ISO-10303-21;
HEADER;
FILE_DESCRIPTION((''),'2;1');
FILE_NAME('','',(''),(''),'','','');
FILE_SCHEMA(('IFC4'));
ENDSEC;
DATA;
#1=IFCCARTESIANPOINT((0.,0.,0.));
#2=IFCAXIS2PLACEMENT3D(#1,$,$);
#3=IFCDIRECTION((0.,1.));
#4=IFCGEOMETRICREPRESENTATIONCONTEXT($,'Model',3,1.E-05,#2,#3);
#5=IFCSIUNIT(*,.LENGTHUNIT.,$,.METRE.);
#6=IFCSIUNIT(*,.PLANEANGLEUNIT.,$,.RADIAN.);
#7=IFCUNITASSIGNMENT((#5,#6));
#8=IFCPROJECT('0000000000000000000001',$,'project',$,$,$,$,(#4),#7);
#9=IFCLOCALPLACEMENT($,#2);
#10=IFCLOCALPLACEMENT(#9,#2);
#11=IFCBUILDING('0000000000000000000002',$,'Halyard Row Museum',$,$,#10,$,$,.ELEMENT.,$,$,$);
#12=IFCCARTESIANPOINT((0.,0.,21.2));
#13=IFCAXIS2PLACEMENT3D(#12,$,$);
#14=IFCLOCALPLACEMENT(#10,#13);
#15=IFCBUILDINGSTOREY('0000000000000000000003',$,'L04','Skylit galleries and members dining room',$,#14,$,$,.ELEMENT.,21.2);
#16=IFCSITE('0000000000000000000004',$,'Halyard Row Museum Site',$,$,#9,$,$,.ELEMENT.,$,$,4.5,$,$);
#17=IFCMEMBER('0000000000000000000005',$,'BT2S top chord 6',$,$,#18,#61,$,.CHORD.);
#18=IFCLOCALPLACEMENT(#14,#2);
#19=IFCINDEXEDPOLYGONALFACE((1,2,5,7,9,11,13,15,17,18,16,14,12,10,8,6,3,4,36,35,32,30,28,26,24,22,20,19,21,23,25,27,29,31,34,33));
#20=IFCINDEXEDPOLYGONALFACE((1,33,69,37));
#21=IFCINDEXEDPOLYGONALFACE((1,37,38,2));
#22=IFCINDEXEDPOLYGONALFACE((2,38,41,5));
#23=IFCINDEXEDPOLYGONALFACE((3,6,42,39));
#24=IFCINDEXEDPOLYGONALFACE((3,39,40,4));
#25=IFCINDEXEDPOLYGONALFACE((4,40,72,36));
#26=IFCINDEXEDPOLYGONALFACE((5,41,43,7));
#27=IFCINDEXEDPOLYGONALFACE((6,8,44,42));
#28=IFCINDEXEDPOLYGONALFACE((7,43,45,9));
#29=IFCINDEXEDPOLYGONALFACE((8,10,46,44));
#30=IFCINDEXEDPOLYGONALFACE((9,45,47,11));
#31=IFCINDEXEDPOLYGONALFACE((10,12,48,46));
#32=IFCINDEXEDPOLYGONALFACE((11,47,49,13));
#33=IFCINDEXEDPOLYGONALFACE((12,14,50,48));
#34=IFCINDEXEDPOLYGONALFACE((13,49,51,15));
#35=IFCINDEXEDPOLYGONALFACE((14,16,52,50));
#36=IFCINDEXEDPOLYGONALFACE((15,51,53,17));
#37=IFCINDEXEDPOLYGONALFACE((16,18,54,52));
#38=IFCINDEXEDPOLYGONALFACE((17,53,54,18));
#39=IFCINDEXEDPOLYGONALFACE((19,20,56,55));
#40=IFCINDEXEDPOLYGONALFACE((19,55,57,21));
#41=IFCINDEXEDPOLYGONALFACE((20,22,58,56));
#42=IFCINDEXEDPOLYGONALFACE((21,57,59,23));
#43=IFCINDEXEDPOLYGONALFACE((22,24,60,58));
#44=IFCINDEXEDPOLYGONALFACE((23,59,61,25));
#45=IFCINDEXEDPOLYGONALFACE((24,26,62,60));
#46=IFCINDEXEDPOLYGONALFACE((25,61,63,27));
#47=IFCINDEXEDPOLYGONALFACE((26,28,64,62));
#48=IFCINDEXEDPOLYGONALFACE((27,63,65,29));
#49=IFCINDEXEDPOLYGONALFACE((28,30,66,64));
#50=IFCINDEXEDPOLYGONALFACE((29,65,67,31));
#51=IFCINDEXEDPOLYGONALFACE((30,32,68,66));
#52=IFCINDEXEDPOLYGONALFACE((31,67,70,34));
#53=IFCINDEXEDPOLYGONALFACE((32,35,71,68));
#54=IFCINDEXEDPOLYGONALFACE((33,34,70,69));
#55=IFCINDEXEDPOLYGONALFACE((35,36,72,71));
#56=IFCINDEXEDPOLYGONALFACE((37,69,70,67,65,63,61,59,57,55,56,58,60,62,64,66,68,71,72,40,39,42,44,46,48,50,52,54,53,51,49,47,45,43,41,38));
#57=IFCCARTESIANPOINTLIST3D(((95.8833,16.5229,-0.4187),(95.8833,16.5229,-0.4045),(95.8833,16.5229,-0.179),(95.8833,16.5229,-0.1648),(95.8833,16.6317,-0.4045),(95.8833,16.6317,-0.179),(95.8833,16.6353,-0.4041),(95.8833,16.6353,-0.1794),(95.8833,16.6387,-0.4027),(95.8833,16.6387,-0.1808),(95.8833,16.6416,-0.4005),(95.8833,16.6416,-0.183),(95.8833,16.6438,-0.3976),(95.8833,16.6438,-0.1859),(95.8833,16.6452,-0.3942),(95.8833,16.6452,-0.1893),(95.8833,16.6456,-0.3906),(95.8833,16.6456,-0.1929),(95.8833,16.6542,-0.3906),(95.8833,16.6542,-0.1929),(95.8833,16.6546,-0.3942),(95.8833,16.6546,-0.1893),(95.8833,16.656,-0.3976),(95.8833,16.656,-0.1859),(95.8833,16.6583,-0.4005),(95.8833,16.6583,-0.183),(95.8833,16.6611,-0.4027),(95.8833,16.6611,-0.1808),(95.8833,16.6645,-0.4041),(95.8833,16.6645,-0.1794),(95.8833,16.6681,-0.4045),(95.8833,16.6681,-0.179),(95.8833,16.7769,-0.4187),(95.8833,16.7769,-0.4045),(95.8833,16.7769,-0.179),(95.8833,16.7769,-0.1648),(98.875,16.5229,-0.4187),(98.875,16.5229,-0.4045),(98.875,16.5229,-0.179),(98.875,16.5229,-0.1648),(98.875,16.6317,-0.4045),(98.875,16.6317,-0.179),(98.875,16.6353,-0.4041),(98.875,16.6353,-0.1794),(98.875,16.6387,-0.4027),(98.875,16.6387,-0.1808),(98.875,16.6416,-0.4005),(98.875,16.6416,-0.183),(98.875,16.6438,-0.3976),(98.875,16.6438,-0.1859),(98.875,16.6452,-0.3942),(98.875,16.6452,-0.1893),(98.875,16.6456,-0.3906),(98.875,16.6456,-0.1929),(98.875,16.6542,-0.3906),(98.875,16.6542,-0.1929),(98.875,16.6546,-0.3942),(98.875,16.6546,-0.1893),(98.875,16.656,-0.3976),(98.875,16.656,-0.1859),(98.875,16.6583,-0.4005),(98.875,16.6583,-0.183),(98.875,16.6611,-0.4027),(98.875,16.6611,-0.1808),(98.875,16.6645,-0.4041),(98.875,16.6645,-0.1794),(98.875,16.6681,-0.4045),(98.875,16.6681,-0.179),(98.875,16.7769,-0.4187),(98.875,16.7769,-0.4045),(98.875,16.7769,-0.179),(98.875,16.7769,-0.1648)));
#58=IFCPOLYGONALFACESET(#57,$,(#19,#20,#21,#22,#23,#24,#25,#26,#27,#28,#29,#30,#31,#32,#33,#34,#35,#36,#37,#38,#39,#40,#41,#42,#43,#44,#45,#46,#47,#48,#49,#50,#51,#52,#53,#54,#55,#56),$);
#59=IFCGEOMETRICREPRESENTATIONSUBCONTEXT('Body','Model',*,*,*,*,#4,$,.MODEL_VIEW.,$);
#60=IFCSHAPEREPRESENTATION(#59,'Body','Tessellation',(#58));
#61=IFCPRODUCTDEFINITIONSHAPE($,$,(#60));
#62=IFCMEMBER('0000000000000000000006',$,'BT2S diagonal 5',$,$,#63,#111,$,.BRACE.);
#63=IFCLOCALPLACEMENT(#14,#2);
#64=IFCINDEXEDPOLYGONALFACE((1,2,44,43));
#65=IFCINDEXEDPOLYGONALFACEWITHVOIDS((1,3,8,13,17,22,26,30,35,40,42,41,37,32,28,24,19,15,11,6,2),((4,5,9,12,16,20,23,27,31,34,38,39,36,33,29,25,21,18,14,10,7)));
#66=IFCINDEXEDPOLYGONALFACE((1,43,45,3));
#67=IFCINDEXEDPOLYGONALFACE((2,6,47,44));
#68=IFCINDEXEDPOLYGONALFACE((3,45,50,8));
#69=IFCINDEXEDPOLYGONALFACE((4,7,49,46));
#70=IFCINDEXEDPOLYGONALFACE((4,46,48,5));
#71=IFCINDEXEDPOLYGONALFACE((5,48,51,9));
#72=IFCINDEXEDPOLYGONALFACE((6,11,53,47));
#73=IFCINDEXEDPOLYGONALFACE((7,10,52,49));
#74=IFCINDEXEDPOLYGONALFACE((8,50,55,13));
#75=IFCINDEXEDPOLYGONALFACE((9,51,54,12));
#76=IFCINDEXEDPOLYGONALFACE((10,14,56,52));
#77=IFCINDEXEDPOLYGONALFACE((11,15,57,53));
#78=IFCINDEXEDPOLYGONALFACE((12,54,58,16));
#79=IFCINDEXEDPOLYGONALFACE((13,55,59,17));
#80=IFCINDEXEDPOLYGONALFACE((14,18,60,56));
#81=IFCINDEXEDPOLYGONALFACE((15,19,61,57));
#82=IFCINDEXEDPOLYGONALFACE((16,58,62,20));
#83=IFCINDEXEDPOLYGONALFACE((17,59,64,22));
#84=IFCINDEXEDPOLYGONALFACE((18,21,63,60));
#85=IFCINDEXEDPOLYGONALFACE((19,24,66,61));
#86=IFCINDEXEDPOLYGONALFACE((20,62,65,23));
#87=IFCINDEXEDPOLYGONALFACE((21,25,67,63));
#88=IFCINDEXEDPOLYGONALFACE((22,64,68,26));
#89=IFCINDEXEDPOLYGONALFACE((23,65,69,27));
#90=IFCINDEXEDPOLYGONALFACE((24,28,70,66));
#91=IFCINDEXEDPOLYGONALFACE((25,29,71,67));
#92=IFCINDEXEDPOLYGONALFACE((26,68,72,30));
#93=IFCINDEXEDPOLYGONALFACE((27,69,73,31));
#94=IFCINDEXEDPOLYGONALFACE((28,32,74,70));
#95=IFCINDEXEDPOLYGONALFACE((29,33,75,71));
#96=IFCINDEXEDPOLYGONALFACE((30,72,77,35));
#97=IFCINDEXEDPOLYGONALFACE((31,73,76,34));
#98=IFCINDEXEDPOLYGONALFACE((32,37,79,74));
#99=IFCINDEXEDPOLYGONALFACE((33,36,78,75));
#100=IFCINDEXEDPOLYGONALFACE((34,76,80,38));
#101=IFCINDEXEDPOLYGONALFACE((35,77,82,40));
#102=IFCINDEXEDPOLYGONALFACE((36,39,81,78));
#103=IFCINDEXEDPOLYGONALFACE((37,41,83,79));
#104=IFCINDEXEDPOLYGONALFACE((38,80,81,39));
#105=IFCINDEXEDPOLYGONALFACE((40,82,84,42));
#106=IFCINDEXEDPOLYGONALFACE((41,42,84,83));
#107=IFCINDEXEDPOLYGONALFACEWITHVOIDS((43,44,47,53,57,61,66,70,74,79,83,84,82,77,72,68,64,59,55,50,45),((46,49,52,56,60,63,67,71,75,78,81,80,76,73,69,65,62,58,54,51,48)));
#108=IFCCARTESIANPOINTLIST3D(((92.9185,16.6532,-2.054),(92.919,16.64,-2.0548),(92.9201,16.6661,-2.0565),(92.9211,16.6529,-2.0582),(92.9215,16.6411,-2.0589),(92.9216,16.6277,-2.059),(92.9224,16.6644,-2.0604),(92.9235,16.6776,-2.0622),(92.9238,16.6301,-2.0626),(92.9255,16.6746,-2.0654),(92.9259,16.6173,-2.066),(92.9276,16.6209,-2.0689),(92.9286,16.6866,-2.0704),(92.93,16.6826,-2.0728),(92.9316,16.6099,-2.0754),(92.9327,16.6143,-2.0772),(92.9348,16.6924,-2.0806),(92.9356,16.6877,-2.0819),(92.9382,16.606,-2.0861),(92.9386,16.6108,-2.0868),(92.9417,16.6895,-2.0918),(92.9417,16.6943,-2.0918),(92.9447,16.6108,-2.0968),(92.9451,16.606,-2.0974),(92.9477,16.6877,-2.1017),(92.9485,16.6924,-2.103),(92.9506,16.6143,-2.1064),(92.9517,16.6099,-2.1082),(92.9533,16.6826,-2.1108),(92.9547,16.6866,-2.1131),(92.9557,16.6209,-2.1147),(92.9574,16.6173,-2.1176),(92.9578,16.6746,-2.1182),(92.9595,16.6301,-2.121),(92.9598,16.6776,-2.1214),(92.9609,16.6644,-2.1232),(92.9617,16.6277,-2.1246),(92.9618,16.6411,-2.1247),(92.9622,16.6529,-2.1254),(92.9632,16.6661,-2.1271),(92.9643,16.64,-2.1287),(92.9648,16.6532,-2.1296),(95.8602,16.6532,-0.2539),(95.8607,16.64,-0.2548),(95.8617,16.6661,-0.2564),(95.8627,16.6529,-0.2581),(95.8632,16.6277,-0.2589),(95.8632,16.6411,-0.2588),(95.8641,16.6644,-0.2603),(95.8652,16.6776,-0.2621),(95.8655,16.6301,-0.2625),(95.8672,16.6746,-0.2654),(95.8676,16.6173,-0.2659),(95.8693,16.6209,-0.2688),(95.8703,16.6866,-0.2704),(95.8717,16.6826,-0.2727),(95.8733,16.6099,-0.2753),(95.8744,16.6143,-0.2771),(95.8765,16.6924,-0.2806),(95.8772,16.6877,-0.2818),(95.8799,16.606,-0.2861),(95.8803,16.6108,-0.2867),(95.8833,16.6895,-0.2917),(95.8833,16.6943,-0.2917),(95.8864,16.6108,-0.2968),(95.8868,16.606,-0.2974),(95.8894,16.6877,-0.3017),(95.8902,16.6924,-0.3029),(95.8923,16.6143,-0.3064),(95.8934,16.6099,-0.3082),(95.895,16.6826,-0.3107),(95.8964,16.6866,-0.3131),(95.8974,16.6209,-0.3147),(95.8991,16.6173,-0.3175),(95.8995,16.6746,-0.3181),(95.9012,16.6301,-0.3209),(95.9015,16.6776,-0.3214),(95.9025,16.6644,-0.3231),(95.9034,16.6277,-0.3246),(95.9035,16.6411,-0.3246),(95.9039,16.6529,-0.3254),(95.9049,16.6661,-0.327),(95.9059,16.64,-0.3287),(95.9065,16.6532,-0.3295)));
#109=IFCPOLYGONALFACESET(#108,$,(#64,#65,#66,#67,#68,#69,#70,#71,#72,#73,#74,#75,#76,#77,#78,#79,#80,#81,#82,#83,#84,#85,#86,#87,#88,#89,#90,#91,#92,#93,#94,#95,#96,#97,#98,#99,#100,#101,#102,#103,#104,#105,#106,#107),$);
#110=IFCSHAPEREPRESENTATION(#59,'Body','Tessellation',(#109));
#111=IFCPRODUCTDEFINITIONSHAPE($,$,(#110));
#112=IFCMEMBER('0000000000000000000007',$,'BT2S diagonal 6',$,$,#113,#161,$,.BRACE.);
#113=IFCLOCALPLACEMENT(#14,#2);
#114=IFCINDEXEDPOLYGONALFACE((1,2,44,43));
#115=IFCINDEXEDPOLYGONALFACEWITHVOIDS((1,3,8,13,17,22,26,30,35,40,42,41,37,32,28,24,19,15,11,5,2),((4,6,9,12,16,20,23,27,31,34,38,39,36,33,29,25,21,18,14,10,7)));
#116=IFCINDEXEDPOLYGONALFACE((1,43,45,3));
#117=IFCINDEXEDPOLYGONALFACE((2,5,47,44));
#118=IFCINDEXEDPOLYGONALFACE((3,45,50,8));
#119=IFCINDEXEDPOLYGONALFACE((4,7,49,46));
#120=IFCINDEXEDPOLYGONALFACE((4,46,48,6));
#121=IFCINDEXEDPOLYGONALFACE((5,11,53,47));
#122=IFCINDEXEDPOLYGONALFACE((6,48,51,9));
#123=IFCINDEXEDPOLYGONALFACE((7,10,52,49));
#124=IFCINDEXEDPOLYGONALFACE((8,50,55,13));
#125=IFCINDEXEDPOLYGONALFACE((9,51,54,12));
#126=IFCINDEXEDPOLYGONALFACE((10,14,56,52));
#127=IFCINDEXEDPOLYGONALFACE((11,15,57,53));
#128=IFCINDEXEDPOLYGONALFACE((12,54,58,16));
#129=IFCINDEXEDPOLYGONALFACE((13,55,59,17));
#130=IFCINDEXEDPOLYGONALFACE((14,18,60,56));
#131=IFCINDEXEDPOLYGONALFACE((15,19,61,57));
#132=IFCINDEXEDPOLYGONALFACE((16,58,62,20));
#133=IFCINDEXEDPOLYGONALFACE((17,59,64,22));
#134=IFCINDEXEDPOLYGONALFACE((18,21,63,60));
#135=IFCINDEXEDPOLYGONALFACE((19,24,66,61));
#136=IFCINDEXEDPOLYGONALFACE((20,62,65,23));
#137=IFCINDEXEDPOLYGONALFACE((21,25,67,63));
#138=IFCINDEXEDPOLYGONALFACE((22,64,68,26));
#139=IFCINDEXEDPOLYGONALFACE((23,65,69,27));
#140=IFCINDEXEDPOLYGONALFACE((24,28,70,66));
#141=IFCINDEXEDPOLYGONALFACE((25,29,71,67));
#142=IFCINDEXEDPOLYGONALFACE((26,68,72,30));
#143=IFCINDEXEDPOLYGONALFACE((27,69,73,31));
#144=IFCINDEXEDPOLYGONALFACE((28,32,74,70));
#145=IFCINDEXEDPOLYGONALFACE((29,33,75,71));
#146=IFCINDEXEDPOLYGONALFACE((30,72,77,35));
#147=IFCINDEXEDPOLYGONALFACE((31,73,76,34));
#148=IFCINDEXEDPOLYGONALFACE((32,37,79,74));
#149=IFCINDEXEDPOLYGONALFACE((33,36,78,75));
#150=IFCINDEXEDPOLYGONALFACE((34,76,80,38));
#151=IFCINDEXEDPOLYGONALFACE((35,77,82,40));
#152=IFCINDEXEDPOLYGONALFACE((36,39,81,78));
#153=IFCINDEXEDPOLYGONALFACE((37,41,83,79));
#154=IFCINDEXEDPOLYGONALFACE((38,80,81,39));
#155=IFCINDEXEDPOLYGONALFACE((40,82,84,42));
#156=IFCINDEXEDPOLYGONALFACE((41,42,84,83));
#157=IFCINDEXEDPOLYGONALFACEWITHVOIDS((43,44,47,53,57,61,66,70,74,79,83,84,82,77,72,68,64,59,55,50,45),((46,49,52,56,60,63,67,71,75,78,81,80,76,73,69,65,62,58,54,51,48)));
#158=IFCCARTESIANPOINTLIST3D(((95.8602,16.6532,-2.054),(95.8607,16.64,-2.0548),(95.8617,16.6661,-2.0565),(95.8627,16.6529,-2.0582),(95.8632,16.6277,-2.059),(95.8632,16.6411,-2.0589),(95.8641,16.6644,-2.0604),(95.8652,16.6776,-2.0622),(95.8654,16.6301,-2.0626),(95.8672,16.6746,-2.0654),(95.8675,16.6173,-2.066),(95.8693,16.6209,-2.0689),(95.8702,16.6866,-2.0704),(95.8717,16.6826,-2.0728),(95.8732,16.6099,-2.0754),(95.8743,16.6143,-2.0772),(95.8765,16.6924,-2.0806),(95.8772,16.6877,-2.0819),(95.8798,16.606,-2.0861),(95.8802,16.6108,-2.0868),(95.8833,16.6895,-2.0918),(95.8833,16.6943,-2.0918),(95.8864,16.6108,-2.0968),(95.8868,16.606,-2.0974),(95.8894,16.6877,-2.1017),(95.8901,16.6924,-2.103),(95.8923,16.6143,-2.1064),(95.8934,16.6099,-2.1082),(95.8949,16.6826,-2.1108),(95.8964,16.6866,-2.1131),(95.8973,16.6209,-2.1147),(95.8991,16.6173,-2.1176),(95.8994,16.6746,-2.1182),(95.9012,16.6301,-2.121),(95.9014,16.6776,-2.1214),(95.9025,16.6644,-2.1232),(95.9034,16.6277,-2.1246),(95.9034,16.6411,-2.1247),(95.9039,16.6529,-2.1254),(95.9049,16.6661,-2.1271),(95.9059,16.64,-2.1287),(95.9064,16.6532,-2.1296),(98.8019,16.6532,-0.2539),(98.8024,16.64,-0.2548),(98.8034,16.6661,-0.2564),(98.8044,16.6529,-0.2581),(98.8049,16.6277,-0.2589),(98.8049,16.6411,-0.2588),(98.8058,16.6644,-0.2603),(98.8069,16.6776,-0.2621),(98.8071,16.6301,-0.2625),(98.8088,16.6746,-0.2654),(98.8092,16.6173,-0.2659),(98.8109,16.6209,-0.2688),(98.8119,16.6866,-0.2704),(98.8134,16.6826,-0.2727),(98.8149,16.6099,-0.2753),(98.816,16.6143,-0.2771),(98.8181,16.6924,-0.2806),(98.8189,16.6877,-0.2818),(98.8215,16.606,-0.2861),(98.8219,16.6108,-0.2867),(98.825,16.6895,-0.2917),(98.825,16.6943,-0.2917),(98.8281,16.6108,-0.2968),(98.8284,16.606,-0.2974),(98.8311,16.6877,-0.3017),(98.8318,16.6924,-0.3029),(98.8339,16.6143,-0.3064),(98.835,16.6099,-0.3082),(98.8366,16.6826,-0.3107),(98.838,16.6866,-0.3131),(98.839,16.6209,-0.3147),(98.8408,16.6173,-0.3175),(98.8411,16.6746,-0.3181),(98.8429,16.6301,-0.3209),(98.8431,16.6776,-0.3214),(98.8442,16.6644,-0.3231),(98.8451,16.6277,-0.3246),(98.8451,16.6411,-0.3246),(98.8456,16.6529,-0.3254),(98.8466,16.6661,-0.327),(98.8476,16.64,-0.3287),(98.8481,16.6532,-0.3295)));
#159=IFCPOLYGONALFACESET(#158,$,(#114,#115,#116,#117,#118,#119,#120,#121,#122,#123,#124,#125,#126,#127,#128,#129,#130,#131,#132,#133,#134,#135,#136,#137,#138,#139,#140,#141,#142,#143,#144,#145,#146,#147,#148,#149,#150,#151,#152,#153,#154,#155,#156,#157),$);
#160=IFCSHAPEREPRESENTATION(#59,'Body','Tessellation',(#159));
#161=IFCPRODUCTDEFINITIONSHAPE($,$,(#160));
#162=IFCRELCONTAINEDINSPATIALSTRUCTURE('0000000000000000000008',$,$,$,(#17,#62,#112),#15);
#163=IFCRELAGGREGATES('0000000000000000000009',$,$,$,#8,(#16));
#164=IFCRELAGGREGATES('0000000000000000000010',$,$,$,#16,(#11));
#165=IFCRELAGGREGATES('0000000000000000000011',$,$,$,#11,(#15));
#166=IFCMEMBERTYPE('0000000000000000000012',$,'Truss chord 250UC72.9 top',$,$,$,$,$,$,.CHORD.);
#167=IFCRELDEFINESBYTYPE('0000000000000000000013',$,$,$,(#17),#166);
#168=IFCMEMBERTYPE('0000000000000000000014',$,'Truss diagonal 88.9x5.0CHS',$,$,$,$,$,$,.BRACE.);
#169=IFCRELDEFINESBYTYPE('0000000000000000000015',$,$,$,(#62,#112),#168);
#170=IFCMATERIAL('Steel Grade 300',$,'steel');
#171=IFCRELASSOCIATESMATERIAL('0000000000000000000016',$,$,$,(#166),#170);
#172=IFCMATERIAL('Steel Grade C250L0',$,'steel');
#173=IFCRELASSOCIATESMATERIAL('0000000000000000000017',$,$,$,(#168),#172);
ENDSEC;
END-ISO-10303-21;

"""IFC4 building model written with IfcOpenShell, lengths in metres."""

from ifc_helpers import new_model, si_unit, direction, frame, origin, origin_2d, place, context, subcontext, project, spatial, hollow_circle, i_section, extrude, material, material_profile, profile_set, type_object, element, save


model = new_model("IFC4")

# Units and contexts
model_context = context("Model", 3, precision=1e-05, world=origin(), true_north=direction((0.0, 1.0)))
body_context = subcontext(model_context, "Body", "Model", "MODEL_VIEW")
ifc_project = project(units=[si_unit("LENGTHUNIT", "METRE"), si_unit("PLANEANGLEUNIT", "RADIAN")], contexts=[model_context])

# Site, building, storey
site_placement = place(None, origin())
site = spatial("IfcSite", under=ifc_project, at=site_placement, Name="Halyard Row Museum Site", CompositionType="ELEMENT", RefElevation=4.5)
building_placement = place(site_placement, origin())
building = spatial("IfcBuilding", under=site, at=building_placement, Name="Halyard Row Museum", CompositionType="ELEMENT")
storey_placement = place(building_placement, frame((0.0, 0.0, 21.2)))
storey = spatial("IfcBuildingStorey", under=building, at=storey_placement, Name="L04", Description="Skylit galleries and members dining room", CompositionType="ELEMENT", Elevation=21.2)

# Members
ifc_material_1 = material(Name="Steel Grade 300", Category="steel")
ifc_material_profile_1 = material_profile(ifc_material_1, i_section(OverallWidth=0.2539, OverallDepth=0.2539, WebThickness=0.0085, FlangeThickness=0.0142, FilletRadius=0.0139, at=origin_2d()), Name="250UC72.9")
ifc_profile_set_1 = profile_set([ifc_material_profile_1], Name="Steel Grade 300")
member_type_1 = type_object("IfcMemberType", Name="Truss chord 250UC72.9 top", PredefinedType="CHORD", material=ifc_profile_set_1)
member_1_placement = place(storey_placement, frame((95.8833, 16.6499, -0.2917), z_axis=(1.0, 0.0, 0.0), x_axis=(0.0, 1.0, 0.0)))
element("IfcMember", 1, at=member_1_placement, inside=storey, type_object=member_type_1, Name="BT2S top chord 6", PredefinedType="CHORD", context=body_context, shape_type="SweptSolid", body=[
    extrude(i_section(OverallWidth=0.2539, OverallDepth=0.2539, WebThickness=0.0085, FlangeThickness=0.0142, FilletRadius=0.0139, at=origin_2d()), origin(), (0.0, 0.0, 1.0), 2.9917),
])
ifc_material_2 = material(Name="Steel Grade C250L0", Category="steel")
ifc_material_profile_2 = material_profile(ifc_material_2, hollow_circle(Radius=0.0444, WallThickness=0.0049, at=origin_2d()), Name="88.9x5.0CHS")
ifc_profile_set_2 = profile_set([ifc_material_profile_2], Name="Steel Grade C250L0")
member_type_2 = type_object("IfcMemberType", Name="Truss diagonal 88.9x5.0CHS", PredefinedType="BRACE", material=ifc_profile_set_2)
for number, where, z_axis, x_axis, name in (
    (2, (92.9417, 16.6499, -2.0918), (0.852975, 0.0, 0.521951), (0.0, 1.0, 0.0), "BT2S diagonal 5"),
    (3, (95.8833, 16.6499, -2.0918), (0.852975, 0.0, 0.521951), (0.0, 1.0, 0.0), "BT2S diagonal 6"),
):
    element("IfcMember", number, at=place(storey_placement, frame(where, z_axis=z_axis, x_axis=x_axis)), inside=storey, type_object=member_type_2, Name=name, PredefinedType="BRACE", context=body_context, shape_type="SweptSolid", body=[
        extrude(hollow_circle(Radius=0.0444, WallThickness=0.0049, at=origin_2d()), origin(), (0.0, 0.0, 1.0), 3.4487),
    ])

save(model, "model.ifc")
